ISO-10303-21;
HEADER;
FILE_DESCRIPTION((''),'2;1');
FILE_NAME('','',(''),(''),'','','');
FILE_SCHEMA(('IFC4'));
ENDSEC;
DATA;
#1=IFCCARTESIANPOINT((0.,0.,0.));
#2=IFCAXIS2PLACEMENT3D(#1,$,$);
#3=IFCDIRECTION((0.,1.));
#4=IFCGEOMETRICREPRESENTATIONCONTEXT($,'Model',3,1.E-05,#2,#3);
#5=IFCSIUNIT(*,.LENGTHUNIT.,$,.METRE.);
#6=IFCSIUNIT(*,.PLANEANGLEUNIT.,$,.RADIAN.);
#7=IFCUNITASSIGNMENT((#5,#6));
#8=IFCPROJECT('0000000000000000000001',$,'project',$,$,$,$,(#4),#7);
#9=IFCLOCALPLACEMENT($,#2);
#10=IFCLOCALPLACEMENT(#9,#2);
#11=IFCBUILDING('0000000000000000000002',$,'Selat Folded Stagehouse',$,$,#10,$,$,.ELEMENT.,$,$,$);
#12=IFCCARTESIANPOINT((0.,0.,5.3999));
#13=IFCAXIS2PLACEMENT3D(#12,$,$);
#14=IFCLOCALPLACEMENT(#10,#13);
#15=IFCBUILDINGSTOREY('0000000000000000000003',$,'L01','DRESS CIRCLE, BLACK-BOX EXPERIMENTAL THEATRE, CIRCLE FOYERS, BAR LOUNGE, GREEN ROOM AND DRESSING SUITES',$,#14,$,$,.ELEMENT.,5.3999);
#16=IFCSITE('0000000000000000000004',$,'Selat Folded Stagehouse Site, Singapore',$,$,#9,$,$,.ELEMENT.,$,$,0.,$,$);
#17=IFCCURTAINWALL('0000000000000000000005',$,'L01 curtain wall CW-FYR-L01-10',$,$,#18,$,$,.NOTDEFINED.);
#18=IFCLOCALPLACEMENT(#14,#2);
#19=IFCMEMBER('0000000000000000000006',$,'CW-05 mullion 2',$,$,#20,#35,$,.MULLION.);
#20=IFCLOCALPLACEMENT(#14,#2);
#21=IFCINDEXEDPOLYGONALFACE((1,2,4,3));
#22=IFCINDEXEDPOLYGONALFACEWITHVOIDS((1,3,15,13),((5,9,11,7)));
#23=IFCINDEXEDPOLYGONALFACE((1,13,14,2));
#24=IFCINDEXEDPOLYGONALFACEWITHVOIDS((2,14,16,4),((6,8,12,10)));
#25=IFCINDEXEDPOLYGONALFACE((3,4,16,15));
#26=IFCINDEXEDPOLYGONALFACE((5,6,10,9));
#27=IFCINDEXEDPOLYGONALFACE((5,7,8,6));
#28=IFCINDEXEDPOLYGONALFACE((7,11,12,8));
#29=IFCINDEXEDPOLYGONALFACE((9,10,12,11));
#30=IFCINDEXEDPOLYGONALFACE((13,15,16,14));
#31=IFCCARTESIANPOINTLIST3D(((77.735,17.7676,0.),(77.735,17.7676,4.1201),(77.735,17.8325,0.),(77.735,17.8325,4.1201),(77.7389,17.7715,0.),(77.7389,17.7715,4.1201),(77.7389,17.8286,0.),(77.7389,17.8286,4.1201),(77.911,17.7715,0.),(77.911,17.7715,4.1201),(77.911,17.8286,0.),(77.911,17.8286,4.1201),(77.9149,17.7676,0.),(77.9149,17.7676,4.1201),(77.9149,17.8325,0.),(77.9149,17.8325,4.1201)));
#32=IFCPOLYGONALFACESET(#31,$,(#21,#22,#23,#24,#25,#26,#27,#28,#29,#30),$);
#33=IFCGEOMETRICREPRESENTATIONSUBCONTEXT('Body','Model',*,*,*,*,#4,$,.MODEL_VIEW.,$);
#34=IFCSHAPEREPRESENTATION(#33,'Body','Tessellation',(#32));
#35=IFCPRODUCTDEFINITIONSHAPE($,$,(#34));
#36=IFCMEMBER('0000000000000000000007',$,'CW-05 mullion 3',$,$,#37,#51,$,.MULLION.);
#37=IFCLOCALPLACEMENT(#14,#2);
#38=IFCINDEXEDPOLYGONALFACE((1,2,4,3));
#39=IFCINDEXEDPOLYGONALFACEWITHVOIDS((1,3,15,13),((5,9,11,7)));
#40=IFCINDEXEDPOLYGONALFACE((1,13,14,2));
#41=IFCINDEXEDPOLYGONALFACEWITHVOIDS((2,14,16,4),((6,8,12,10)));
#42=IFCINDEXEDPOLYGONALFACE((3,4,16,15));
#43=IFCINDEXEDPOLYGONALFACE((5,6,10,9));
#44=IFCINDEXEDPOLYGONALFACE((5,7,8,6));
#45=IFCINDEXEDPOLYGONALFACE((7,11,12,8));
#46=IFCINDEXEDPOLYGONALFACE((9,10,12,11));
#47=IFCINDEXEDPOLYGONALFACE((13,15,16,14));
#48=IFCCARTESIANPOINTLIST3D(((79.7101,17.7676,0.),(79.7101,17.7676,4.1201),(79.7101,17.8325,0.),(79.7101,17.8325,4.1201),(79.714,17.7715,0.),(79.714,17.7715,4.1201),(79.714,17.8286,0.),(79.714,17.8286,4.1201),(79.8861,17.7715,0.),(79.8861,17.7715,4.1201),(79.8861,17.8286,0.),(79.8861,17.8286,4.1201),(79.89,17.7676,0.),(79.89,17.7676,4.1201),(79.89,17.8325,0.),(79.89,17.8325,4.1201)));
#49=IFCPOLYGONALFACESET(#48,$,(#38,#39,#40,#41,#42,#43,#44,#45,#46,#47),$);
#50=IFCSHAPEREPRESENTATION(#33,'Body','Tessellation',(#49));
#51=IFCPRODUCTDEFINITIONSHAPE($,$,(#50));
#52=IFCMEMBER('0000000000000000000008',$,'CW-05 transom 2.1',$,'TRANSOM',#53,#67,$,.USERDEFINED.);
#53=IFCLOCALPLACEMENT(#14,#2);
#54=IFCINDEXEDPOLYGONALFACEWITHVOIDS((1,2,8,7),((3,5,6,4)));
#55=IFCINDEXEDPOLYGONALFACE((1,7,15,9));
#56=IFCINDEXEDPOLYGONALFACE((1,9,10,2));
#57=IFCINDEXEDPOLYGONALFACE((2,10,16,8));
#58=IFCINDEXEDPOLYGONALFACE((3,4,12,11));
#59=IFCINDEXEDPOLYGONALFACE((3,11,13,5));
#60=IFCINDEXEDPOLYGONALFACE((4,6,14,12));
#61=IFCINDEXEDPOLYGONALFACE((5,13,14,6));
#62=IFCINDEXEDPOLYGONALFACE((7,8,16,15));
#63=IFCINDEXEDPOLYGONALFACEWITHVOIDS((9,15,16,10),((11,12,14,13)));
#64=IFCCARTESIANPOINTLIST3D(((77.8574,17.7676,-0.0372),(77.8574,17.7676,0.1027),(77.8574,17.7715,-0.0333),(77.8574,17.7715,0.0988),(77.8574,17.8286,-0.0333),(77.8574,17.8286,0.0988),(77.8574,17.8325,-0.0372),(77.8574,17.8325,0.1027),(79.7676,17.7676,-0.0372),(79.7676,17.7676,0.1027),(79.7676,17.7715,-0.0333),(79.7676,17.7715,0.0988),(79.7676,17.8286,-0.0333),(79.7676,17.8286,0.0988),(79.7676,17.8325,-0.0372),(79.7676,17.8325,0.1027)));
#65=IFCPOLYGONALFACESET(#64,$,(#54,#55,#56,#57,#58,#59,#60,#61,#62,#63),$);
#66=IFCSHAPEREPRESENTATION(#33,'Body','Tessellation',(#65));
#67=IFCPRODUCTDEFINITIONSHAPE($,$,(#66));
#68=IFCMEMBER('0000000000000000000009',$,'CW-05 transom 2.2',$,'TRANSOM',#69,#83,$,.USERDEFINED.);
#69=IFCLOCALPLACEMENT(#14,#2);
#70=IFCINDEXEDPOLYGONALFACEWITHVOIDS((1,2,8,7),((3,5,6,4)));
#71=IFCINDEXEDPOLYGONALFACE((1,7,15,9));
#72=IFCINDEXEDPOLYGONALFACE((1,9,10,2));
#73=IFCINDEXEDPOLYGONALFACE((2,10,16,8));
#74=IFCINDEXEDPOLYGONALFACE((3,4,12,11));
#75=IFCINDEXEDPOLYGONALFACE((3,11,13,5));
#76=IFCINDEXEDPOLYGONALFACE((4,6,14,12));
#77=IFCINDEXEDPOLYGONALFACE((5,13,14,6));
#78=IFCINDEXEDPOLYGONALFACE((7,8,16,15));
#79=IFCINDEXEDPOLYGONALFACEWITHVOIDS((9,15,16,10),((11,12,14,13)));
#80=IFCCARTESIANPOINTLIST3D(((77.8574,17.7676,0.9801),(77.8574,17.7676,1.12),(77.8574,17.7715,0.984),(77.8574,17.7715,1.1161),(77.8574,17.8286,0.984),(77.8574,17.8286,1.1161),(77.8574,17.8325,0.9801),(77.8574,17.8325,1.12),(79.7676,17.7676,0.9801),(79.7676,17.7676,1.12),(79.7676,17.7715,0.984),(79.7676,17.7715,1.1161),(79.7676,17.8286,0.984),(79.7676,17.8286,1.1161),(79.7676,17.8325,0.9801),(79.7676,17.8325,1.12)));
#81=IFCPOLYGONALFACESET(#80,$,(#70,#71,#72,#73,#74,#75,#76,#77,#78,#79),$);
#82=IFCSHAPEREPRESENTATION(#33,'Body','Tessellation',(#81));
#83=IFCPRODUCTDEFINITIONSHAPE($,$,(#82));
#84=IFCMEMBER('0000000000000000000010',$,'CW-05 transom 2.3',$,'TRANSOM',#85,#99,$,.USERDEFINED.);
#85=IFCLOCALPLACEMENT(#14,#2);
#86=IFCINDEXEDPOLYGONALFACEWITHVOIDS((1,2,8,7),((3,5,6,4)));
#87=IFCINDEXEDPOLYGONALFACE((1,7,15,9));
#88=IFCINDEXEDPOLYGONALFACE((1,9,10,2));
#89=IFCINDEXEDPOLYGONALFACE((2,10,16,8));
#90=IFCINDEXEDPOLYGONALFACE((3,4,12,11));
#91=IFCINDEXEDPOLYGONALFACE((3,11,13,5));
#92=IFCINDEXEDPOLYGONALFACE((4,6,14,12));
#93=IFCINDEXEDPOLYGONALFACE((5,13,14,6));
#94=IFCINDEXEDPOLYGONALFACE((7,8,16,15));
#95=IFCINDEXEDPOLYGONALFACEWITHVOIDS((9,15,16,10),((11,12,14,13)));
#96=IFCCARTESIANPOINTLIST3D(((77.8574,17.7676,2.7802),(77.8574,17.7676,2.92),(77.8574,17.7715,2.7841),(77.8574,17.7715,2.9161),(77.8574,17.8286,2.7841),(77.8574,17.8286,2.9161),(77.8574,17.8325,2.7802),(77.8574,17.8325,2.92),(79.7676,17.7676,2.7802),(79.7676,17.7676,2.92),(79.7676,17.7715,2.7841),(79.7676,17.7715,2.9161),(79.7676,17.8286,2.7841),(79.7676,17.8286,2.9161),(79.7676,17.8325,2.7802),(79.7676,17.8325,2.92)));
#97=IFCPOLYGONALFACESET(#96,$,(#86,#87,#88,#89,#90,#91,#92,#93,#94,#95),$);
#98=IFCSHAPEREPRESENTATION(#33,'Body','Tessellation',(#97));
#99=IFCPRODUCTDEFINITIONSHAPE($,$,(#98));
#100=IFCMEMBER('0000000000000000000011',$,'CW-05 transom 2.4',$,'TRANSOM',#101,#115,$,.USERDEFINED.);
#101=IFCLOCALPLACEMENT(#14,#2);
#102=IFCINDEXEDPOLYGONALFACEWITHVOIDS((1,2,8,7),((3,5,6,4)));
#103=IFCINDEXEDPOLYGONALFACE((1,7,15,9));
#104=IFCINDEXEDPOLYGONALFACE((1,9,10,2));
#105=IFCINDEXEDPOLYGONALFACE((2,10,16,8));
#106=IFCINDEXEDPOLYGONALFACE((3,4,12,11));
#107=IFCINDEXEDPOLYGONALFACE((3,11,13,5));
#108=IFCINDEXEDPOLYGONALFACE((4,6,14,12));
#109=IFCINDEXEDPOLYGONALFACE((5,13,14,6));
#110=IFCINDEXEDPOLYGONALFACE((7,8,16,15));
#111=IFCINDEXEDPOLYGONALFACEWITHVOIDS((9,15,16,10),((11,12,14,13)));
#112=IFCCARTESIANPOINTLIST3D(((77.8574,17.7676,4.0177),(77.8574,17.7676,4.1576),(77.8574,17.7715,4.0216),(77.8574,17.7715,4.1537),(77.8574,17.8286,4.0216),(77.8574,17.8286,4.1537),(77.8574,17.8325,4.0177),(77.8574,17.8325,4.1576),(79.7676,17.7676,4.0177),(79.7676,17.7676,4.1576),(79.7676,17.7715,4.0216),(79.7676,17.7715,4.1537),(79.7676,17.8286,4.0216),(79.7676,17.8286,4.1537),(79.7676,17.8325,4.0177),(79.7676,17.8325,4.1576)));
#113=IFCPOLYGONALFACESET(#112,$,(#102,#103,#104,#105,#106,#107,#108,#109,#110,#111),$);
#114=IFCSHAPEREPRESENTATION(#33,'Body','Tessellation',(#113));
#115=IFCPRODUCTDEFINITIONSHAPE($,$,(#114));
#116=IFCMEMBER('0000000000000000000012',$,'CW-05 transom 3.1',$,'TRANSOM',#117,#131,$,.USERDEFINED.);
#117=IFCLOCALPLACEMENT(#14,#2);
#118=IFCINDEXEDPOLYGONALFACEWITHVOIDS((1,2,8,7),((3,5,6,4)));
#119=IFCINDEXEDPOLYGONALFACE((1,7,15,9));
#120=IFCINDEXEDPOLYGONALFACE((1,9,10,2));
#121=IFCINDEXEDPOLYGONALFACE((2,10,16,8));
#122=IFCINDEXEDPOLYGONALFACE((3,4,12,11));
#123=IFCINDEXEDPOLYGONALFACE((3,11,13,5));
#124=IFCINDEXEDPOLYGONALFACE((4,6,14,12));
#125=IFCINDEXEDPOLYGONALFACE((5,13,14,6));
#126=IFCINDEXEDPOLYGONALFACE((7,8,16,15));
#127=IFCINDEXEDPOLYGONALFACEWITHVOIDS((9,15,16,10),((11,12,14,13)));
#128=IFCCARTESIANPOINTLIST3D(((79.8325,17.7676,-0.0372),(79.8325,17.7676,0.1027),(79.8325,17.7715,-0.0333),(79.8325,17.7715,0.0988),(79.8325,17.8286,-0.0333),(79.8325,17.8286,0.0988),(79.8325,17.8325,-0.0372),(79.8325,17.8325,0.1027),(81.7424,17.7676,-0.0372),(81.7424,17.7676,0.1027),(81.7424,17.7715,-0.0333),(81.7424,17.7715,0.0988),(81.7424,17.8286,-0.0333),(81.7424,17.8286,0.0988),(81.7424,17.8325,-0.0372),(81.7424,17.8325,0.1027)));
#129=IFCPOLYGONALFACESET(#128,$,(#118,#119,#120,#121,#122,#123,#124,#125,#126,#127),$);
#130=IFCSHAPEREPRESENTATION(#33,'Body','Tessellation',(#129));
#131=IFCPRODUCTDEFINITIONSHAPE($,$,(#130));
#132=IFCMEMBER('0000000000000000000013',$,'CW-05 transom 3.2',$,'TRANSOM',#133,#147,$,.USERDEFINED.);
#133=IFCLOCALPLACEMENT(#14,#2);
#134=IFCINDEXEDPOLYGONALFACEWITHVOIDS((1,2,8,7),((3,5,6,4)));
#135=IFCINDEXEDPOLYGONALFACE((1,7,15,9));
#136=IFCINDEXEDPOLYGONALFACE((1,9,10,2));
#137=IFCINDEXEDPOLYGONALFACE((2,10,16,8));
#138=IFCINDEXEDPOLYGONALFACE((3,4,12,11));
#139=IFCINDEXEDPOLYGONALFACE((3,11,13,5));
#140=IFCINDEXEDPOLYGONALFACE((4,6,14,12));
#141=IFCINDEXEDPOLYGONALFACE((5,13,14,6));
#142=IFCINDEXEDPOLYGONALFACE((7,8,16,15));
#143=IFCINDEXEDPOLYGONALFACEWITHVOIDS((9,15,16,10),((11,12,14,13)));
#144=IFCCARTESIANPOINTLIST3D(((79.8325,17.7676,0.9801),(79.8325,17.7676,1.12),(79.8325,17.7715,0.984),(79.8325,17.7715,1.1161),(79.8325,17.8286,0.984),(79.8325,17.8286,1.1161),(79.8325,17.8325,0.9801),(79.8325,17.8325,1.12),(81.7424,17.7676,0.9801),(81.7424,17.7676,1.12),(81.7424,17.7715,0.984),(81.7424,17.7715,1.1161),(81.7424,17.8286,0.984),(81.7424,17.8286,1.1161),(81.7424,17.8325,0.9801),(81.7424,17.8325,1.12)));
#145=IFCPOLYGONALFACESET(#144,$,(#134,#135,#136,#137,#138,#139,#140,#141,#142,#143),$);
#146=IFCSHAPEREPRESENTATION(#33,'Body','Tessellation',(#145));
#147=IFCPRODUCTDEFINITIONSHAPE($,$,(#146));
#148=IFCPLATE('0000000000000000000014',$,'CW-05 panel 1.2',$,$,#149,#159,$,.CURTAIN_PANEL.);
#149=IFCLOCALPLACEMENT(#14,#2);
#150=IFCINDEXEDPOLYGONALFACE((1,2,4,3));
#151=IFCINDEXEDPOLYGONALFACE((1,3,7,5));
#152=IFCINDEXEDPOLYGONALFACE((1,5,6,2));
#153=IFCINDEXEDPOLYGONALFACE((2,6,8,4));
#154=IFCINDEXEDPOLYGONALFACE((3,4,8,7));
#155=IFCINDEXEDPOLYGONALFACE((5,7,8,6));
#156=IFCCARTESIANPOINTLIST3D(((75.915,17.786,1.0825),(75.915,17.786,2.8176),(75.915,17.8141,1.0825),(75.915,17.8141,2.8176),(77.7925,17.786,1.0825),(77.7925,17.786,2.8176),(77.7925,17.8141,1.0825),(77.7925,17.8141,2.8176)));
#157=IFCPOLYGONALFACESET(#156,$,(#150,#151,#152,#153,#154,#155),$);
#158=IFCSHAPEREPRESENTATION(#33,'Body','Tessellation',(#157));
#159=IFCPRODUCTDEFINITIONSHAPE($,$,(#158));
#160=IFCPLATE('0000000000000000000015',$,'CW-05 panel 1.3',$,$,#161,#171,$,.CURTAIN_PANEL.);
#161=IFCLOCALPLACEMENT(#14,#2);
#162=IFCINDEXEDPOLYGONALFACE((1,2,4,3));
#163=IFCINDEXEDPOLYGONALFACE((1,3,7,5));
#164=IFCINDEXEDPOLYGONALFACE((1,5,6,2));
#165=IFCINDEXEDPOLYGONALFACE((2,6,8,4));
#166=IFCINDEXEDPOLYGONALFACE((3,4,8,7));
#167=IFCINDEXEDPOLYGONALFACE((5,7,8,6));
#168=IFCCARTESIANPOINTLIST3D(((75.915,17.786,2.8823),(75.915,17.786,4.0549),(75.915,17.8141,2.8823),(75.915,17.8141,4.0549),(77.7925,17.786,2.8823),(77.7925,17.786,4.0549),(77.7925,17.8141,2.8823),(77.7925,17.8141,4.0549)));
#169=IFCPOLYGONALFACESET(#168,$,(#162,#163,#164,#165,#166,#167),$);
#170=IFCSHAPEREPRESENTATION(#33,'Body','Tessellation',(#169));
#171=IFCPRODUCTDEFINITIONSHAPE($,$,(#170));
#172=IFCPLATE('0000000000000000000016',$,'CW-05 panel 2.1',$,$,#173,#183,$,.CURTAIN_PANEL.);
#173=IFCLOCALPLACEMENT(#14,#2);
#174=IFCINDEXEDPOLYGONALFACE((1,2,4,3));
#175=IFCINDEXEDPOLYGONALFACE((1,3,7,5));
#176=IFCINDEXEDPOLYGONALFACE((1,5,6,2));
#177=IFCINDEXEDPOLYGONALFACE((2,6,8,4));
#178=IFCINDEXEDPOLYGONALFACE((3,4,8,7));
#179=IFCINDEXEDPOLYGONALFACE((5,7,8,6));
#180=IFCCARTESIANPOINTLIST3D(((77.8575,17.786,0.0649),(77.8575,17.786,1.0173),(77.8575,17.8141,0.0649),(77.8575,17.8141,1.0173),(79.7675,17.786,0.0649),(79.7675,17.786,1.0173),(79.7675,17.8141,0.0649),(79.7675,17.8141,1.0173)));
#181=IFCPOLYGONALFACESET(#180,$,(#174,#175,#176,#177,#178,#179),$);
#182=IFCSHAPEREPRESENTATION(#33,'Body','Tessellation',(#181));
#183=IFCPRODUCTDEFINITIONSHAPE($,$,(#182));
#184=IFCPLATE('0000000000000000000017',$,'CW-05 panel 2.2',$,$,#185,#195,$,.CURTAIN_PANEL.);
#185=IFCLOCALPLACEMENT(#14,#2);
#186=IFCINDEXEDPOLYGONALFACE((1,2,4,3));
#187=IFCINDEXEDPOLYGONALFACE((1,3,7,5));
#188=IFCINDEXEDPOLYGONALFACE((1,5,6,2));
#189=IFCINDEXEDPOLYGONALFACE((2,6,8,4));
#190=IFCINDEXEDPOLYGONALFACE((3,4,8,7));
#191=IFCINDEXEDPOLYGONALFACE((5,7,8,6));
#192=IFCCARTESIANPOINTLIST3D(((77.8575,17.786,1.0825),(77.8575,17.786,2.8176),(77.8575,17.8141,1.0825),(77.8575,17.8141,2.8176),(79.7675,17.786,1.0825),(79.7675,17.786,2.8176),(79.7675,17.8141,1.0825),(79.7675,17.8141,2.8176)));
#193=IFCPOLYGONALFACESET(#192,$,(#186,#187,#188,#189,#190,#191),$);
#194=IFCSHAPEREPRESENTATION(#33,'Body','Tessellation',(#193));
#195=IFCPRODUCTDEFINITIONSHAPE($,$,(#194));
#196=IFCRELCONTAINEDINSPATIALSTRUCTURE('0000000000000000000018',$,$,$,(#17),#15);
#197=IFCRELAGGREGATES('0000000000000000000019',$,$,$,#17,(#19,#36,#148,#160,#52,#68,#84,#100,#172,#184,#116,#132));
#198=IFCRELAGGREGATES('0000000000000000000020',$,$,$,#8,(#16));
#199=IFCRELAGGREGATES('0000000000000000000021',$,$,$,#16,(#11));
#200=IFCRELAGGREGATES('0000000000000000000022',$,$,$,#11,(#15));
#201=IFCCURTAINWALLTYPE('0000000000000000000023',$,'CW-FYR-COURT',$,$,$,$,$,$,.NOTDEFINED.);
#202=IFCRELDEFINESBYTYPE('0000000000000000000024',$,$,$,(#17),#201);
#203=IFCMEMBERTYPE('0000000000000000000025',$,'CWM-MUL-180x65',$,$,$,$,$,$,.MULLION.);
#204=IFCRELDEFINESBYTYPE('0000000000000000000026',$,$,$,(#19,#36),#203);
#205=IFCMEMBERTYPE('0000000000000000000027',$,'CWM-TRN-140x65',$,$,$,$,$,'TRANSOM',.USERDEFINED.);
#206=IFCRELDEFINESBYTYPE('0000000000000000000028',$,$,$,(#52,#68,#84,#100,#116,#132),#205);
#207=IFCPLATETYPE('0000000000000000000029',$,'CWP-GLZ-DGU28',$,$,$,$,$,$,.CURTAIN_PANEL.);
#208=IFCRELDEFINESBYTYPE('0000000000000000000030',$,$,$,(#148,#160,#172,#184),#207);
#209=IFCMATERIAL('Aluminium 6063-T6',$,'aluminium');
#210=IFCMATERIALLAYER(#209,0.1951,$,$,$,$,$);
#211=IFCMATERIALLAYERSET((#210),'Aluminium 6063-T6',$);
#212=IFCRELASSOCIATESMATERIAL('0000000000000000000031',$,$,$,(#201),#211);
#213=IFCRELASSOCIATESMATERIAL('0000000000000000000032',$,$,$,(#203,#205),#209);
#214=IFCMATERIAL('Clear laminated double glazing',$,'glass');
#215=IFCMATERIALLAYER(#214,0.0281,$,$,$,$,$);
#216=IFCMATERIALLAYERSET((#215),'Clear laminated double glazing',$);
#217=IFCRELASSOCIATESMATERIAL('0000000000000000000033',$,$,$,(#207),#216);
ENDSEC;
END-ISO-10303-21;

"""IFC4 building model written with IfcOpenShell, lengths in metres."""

from ifc_helpers import new_model, si_unit, direction, frame, origin, origin_2d, place, context, subcontext, project, spatial, rectangle, hollow_rectangle, extrude, material, layer, layer_set, material_profile, profile_set, type_object, element, aggregate, save


model = new_model("IFC4")

# Units and contexts
model_context = context("Model", 3, precision=1e-05, world=origin(), true_north=direction((0.0, 1.0)))
body_context = subcontext(model_context, "Body", "Model", "MODEL_VIEW")
ifc_project = project(units=[si_unit("LENGTHUNIT", "METRE"), si_unit("PLANEANGLEUNIT", "RADIAN")], contexts=[model_context])

# Site, building, storey
site_placement = place(None, origin())
site = spatial("IfcSite", under=ifc_project, at=site_placement, Name="Selat Folded Stagehouse Site, Singapore", CompositionType="ELEMENT", RefElevation=0.0)
building_placement = place(site_placement, origin())
building = spatial("IfcBuilding", under=site, at=building_placement, Name="Selat Folded Stagehouse", CompositionType="ELEMENT")
storey_placement = place(building_placement, frame((0.0, 0.0, 5.3999)))
storey = spatial("IfcBuildingStorey", under=building, at=storey_placement, Name="L01", Description="DRESS CIRCLE, BLACK-BOX EXPERIMENTAL THEATRE, CIRCLE FOYERS, BAR LOUNGE, GREEN ROOM AND DRESSING SUITES", CompositionType="ELEMENT", Elevation=5.3999)

# Curtain wall, members, plates
ifc_material_1 = material(Name="Aluminium 6063-T6", Category="aluminium")
ifc_layer_1 = layer(ifc_material_1, 0.1951)
ifc_layer_set_1 = layer_set([ifc_layer_1], Name="Aluminium 6063-T6")
curtain_wall_type = type_object("IfcCurtainWallType", Name="CW-FYR-COURT", PredefinedType="NOTDEFINED", material=ifc_layer_set_1)
curtain_wall_placement = place(storey_placement, origin())
curtain_wall = element("IfcCurtainWall", 1, at=curtain_wall_placement, inside=storey, type_object=curtain_wall_type, Name="L01 curtain wall CW-FYR-L01-10", PredefinedType="NOTDEFINED")
ifc_material_profile_1 = material_profile(ifc_material_1, hollow_rectangle(XDim=0.0649, YDim=0.1799, WallThickness=0.0039, at=origin_2d()), Name="ALU 180x65x4.0")
ifc_profile_set_1 = profile_set([ifc_material_profile_1], Name="Aluminium 6063-T6")
member_type_1 = type_object("IfcMemberType", Name="CWM-MUL-180x65", PredefinedType="MULLION", material=ifc_profile_set_1)
member_1_placement = place(storey_placement, frame((77.825, 17.8, 0.0), z_axis=(0.0, 0.0, 1.0), x_axis=(0.0, 1.0, 0.0)))
member_1 = element("IfcMember", 2, at=member_1_placement, type_object=member_type_1, Name="CW-05 mullion 2", PredefinedType="MULLION", context=body_context, shape_type="SweptSolid", body=[
    extrude(hollow_rectangle(XDim=0.0649, YDim=0.1799, WallThickness=0.0039, at=origin_2d()), origin(), (0.0, 0.0, 1.0), 4.1201),
])
member_2_placement = place(storey_placement, frame((79.8, 17.8, 0.0), z_axis=(0.0, 0.0, 1.0), x_axis=(0.0, 1.0, 0.0)))
member_2 = element("IfcMember", 3, at=member_2_placement, type_object=member_type_1, Name="CW-05 mullion 3", PredefinedType="MULLION", context=body_context, shape_type="SweptSolid", body=[
    extrude(hollow_rectangle(XDim=0.0649, YDim=0.1799, WallThickness=0.0039, at=origin_2d()), origin(), (0.0, 0.0, 1.0), 4.1201),
])
ifc_material_profile_2 = material_profile(ifc_material_1, hollow_rectangle(XDim=0.0649, YDim=0.1399, WallThickness=0.0039, at=origin_2d()), Name="ALU 140x65x4.0")
ifc_profile_set_2 = profile_set([ifc_material_profile_2], Name="Aluminium 6063-T6")
member_type_2 = type_object("IfcMemberType", Name="CWM-TRN-140x65", ElementType="TRANSOM", PredefinedType="USERDEFINED", material=ifc_profile_set_2)
member_3_placement = place(storey_placement, frame((77.8574, 17.8, 0.0327), z_axis=(1.0, 0.0, 0.0), x_axis=(0.0, 1.0, 0.0)))
member_3 = element("IfcMember", 4, at=member_3_placement, type_object=member_type_2, Name="CW-05 transom 2.1", ObjectType="TRANSOM", PredefinedType="USERDEFINED", context=body_context, shape_type="SweptSolid", body=[
    extrude(hollow_rectangle(XDim=0.0649, YDim=0.1399, WallThickness=0.0039, at=origin_2d()), origin(), (0.0, 0.0, 1.0), 1.9102),
])
member_4_placement = place(storey_placement, frame((77.8574, 17.8, 1.05), z_axis=(1.0, 0.0, 0.0), x_axis=(0.0, 1.0, 0.0)))
member_4 = element("IfcMember", 5, at=member_4_placement, type_object=member_type_2, Name="CW-05 transom 2.2", ObjectType="TRANSOM", PredefinedType="USERDEFINED", context=body_context, shape_type="SweptSolid", body=[
    extrude(hollow_rectangle(XDim=0.0649, YDim=0.1399, WallThickness=0.0039, at=origin_2d()), origin(), (0.0, 0.0, 1.0), 1.9102),
])
member_5_placement = place(storey_placement, frame((77.8574, 17.8, 2.8501), z_axis=(1.0, 0.0, 0.0), x_axis=(0.0, 1.0, 0.0)))
member_5 = element("IfcMember", 6, at=member_5_placement, type_object=member_type_2, Name="CW-05 transom 2.3", ObjectType="TRANSOM", PredefinedType="USERDEFINED", context=body_context, shape_type="SweptSolid", body=[
    extrude(hollow_rectangle(XDim=0.0649, YDim=0.1399, WallThickness=0.0039, at=origin_2d()), origin(), (0.0, 0.0, 1.0), 1.9102),
])
member_6_placement = place(storey_placement, frame((77.8574, 17.8, 4.0876), z_axis=(1.0, 0.0, 0.0), x_axis=(0.0, 1.0, 0.0)))
member_6 = element("IfcMember", 7, at=member_6_placement, type_object=member_type_2, Name="CW-05 transom 2.4", ObjectType="TRANSOM", PredefinedType="USERDEFINED", context=body_context, shape_type="SweptSolid", body=[
    extrude(hollow_rectangle(XDim=0.0649, YDim=0.1399, WallThickness=0.0039, at=origin_2d()), origin(), (0.0, 0.0, 1.0), 1.9102),
])
member_7_placement = place(storey_placement, frame((79.8325, 17.8, 0.0327), z_axis=(1.0, 0.0, 0.0), x_axis=(0.0, 1.0, 0.0)))
member_7 = element("IfcMember", 8, at=member_7_placement, type_object=member_type_2, Name="CW-05 transom 3.1", ObjectType="TRANSOM", PredefinedType="USERDEFINED", context=body_context, shape_type="SweptSolid", body=[
    extrude(hollow_rectangle(XDim=0.0649, YDim=0.1399, WallThickness=0.0039, at=origin_2d()), origin(), (0.0, 0.0, 1.0), 1.9099),
])
member_8_placement = place(storey_placement, frame((79.8325, 17.8, 1.05), z_axis=(1.0, 0.0, 0.0), x_axis=(0.0, 1.0, 0.0)))
member_8 = element("IfcMember", 9, at=member_8_placement, type_object=member_type_2, Name="CW-05 transom 3.2", ObjectType="TRANSOM", PredefinedType="USERDEFINED", context=body_context, shape_type="SweptSolid", body=[
    extrude(hollow_rectangle(XDim=0.0649, YDim=0.1399, WallThickness=0.0039, at=origin_2d()), origin(), (0.0, 0.0, 1.0), 1.9099),
])
ifc_material_2 = material(Name="Clear laminated double glazing", Category="glass")
ifc_layer_2 = layer(ifc_material_2, 0.0281)
ifc_layer_set_2 = layer_set([ifc_layer_2], Name="Clear laminated double glazing")
plate_type = type_object("IfcPlateType", Name="CWP-GLZ-DGU28", PredefinedType="CURTAIN_PANEL", material=ifc_layer_set_2)
plate_1_placement = place(storey_placement, frame((76.8538, 17.8, 1.0825), z_axis=(0.0, 0.0, 1.0), x_axis=(1.0, 0.0, 0.0)))
plate_1 = element("IfcPlate", 10, at=plate_1_placement, type_object=plate_type, Name="CW-05 panel 1.2", PredefinedType="CURTAIN_PANEL", context=body_context, shape_type="SweptSolid", body=[
    extrude(rectangle(XDim=1.8774, YDim=0.0281, at=origin_2d()), origin(), (0.0, 0.0, 1.0), 1.7351),
])
plate_2_placement = place(storey_placement, frame((76.8538, 17.8, 2.8823), z_axis=(0.0, 0.0, 1.0), x_axis=(1.0, 0.0, 0.0)))
plate_2 = element("IfcPlate", 11, at=plate_2_placement, type_object=plate_type, Name="CW-05 panel 1.3", PredefinedType="CURTAIN_PANEL", context=body_context, shape_type="SweptSolid", body=[
    extrude(rectangle(XDim=1.8774, YDim=0.0281, at=origin_2d()), origin(), (0.0, 0.0, 1.0), 1.1726),
])
plate_3_placement = place(storey_placement, frame((78.8125, 17.8, 0.0649), z_axis=(0.0, 0.0, 1.0), x_axis=(1.0, 0.0, 0.0)))
plate_3 = element("IfcPlate", 12, at=plate_3_placement, type_object=plate_type, Name="CW-05 panel 2.1", PredefinedType="CURTAIN_PANEL", context=body_context, shape_type="SweptSolid", body=[
    extrude(rectangle(XDim=1.9099, YDim=0.0281, at=origin_2d()), origin(), (0.0, 0.0, 1.0), 0.9524),
])
plate_4_placement = place(storey_placement, frame((78.8125, 17.8, 1.0825), z_axis=(0.0, 0.0, 1.0), x_axis=(1.0, 0.0, 0.0)))
plate_4 = element("IfcPlate", 13, at=plate_4_placement, type_object=plate_type, Name="CW-05 panel 2.2", PredefinedType="CURTAIN_PANEL", context=body_context, shape_type="SweptSolid", body=[
    extrude(rectangle(XDim=1.9099, YDim=0.0281, at=origin_2d()), origin(), (0.0, 0.0, 1.0), 1.7351),
])
aggregate(curtain_wall, [member_1, member_2, plate_1, plate_2, member_3, member_4, member_5, member_6, plate_3, plate_4, member_7, member_8])

save(model, "model.ifc")
